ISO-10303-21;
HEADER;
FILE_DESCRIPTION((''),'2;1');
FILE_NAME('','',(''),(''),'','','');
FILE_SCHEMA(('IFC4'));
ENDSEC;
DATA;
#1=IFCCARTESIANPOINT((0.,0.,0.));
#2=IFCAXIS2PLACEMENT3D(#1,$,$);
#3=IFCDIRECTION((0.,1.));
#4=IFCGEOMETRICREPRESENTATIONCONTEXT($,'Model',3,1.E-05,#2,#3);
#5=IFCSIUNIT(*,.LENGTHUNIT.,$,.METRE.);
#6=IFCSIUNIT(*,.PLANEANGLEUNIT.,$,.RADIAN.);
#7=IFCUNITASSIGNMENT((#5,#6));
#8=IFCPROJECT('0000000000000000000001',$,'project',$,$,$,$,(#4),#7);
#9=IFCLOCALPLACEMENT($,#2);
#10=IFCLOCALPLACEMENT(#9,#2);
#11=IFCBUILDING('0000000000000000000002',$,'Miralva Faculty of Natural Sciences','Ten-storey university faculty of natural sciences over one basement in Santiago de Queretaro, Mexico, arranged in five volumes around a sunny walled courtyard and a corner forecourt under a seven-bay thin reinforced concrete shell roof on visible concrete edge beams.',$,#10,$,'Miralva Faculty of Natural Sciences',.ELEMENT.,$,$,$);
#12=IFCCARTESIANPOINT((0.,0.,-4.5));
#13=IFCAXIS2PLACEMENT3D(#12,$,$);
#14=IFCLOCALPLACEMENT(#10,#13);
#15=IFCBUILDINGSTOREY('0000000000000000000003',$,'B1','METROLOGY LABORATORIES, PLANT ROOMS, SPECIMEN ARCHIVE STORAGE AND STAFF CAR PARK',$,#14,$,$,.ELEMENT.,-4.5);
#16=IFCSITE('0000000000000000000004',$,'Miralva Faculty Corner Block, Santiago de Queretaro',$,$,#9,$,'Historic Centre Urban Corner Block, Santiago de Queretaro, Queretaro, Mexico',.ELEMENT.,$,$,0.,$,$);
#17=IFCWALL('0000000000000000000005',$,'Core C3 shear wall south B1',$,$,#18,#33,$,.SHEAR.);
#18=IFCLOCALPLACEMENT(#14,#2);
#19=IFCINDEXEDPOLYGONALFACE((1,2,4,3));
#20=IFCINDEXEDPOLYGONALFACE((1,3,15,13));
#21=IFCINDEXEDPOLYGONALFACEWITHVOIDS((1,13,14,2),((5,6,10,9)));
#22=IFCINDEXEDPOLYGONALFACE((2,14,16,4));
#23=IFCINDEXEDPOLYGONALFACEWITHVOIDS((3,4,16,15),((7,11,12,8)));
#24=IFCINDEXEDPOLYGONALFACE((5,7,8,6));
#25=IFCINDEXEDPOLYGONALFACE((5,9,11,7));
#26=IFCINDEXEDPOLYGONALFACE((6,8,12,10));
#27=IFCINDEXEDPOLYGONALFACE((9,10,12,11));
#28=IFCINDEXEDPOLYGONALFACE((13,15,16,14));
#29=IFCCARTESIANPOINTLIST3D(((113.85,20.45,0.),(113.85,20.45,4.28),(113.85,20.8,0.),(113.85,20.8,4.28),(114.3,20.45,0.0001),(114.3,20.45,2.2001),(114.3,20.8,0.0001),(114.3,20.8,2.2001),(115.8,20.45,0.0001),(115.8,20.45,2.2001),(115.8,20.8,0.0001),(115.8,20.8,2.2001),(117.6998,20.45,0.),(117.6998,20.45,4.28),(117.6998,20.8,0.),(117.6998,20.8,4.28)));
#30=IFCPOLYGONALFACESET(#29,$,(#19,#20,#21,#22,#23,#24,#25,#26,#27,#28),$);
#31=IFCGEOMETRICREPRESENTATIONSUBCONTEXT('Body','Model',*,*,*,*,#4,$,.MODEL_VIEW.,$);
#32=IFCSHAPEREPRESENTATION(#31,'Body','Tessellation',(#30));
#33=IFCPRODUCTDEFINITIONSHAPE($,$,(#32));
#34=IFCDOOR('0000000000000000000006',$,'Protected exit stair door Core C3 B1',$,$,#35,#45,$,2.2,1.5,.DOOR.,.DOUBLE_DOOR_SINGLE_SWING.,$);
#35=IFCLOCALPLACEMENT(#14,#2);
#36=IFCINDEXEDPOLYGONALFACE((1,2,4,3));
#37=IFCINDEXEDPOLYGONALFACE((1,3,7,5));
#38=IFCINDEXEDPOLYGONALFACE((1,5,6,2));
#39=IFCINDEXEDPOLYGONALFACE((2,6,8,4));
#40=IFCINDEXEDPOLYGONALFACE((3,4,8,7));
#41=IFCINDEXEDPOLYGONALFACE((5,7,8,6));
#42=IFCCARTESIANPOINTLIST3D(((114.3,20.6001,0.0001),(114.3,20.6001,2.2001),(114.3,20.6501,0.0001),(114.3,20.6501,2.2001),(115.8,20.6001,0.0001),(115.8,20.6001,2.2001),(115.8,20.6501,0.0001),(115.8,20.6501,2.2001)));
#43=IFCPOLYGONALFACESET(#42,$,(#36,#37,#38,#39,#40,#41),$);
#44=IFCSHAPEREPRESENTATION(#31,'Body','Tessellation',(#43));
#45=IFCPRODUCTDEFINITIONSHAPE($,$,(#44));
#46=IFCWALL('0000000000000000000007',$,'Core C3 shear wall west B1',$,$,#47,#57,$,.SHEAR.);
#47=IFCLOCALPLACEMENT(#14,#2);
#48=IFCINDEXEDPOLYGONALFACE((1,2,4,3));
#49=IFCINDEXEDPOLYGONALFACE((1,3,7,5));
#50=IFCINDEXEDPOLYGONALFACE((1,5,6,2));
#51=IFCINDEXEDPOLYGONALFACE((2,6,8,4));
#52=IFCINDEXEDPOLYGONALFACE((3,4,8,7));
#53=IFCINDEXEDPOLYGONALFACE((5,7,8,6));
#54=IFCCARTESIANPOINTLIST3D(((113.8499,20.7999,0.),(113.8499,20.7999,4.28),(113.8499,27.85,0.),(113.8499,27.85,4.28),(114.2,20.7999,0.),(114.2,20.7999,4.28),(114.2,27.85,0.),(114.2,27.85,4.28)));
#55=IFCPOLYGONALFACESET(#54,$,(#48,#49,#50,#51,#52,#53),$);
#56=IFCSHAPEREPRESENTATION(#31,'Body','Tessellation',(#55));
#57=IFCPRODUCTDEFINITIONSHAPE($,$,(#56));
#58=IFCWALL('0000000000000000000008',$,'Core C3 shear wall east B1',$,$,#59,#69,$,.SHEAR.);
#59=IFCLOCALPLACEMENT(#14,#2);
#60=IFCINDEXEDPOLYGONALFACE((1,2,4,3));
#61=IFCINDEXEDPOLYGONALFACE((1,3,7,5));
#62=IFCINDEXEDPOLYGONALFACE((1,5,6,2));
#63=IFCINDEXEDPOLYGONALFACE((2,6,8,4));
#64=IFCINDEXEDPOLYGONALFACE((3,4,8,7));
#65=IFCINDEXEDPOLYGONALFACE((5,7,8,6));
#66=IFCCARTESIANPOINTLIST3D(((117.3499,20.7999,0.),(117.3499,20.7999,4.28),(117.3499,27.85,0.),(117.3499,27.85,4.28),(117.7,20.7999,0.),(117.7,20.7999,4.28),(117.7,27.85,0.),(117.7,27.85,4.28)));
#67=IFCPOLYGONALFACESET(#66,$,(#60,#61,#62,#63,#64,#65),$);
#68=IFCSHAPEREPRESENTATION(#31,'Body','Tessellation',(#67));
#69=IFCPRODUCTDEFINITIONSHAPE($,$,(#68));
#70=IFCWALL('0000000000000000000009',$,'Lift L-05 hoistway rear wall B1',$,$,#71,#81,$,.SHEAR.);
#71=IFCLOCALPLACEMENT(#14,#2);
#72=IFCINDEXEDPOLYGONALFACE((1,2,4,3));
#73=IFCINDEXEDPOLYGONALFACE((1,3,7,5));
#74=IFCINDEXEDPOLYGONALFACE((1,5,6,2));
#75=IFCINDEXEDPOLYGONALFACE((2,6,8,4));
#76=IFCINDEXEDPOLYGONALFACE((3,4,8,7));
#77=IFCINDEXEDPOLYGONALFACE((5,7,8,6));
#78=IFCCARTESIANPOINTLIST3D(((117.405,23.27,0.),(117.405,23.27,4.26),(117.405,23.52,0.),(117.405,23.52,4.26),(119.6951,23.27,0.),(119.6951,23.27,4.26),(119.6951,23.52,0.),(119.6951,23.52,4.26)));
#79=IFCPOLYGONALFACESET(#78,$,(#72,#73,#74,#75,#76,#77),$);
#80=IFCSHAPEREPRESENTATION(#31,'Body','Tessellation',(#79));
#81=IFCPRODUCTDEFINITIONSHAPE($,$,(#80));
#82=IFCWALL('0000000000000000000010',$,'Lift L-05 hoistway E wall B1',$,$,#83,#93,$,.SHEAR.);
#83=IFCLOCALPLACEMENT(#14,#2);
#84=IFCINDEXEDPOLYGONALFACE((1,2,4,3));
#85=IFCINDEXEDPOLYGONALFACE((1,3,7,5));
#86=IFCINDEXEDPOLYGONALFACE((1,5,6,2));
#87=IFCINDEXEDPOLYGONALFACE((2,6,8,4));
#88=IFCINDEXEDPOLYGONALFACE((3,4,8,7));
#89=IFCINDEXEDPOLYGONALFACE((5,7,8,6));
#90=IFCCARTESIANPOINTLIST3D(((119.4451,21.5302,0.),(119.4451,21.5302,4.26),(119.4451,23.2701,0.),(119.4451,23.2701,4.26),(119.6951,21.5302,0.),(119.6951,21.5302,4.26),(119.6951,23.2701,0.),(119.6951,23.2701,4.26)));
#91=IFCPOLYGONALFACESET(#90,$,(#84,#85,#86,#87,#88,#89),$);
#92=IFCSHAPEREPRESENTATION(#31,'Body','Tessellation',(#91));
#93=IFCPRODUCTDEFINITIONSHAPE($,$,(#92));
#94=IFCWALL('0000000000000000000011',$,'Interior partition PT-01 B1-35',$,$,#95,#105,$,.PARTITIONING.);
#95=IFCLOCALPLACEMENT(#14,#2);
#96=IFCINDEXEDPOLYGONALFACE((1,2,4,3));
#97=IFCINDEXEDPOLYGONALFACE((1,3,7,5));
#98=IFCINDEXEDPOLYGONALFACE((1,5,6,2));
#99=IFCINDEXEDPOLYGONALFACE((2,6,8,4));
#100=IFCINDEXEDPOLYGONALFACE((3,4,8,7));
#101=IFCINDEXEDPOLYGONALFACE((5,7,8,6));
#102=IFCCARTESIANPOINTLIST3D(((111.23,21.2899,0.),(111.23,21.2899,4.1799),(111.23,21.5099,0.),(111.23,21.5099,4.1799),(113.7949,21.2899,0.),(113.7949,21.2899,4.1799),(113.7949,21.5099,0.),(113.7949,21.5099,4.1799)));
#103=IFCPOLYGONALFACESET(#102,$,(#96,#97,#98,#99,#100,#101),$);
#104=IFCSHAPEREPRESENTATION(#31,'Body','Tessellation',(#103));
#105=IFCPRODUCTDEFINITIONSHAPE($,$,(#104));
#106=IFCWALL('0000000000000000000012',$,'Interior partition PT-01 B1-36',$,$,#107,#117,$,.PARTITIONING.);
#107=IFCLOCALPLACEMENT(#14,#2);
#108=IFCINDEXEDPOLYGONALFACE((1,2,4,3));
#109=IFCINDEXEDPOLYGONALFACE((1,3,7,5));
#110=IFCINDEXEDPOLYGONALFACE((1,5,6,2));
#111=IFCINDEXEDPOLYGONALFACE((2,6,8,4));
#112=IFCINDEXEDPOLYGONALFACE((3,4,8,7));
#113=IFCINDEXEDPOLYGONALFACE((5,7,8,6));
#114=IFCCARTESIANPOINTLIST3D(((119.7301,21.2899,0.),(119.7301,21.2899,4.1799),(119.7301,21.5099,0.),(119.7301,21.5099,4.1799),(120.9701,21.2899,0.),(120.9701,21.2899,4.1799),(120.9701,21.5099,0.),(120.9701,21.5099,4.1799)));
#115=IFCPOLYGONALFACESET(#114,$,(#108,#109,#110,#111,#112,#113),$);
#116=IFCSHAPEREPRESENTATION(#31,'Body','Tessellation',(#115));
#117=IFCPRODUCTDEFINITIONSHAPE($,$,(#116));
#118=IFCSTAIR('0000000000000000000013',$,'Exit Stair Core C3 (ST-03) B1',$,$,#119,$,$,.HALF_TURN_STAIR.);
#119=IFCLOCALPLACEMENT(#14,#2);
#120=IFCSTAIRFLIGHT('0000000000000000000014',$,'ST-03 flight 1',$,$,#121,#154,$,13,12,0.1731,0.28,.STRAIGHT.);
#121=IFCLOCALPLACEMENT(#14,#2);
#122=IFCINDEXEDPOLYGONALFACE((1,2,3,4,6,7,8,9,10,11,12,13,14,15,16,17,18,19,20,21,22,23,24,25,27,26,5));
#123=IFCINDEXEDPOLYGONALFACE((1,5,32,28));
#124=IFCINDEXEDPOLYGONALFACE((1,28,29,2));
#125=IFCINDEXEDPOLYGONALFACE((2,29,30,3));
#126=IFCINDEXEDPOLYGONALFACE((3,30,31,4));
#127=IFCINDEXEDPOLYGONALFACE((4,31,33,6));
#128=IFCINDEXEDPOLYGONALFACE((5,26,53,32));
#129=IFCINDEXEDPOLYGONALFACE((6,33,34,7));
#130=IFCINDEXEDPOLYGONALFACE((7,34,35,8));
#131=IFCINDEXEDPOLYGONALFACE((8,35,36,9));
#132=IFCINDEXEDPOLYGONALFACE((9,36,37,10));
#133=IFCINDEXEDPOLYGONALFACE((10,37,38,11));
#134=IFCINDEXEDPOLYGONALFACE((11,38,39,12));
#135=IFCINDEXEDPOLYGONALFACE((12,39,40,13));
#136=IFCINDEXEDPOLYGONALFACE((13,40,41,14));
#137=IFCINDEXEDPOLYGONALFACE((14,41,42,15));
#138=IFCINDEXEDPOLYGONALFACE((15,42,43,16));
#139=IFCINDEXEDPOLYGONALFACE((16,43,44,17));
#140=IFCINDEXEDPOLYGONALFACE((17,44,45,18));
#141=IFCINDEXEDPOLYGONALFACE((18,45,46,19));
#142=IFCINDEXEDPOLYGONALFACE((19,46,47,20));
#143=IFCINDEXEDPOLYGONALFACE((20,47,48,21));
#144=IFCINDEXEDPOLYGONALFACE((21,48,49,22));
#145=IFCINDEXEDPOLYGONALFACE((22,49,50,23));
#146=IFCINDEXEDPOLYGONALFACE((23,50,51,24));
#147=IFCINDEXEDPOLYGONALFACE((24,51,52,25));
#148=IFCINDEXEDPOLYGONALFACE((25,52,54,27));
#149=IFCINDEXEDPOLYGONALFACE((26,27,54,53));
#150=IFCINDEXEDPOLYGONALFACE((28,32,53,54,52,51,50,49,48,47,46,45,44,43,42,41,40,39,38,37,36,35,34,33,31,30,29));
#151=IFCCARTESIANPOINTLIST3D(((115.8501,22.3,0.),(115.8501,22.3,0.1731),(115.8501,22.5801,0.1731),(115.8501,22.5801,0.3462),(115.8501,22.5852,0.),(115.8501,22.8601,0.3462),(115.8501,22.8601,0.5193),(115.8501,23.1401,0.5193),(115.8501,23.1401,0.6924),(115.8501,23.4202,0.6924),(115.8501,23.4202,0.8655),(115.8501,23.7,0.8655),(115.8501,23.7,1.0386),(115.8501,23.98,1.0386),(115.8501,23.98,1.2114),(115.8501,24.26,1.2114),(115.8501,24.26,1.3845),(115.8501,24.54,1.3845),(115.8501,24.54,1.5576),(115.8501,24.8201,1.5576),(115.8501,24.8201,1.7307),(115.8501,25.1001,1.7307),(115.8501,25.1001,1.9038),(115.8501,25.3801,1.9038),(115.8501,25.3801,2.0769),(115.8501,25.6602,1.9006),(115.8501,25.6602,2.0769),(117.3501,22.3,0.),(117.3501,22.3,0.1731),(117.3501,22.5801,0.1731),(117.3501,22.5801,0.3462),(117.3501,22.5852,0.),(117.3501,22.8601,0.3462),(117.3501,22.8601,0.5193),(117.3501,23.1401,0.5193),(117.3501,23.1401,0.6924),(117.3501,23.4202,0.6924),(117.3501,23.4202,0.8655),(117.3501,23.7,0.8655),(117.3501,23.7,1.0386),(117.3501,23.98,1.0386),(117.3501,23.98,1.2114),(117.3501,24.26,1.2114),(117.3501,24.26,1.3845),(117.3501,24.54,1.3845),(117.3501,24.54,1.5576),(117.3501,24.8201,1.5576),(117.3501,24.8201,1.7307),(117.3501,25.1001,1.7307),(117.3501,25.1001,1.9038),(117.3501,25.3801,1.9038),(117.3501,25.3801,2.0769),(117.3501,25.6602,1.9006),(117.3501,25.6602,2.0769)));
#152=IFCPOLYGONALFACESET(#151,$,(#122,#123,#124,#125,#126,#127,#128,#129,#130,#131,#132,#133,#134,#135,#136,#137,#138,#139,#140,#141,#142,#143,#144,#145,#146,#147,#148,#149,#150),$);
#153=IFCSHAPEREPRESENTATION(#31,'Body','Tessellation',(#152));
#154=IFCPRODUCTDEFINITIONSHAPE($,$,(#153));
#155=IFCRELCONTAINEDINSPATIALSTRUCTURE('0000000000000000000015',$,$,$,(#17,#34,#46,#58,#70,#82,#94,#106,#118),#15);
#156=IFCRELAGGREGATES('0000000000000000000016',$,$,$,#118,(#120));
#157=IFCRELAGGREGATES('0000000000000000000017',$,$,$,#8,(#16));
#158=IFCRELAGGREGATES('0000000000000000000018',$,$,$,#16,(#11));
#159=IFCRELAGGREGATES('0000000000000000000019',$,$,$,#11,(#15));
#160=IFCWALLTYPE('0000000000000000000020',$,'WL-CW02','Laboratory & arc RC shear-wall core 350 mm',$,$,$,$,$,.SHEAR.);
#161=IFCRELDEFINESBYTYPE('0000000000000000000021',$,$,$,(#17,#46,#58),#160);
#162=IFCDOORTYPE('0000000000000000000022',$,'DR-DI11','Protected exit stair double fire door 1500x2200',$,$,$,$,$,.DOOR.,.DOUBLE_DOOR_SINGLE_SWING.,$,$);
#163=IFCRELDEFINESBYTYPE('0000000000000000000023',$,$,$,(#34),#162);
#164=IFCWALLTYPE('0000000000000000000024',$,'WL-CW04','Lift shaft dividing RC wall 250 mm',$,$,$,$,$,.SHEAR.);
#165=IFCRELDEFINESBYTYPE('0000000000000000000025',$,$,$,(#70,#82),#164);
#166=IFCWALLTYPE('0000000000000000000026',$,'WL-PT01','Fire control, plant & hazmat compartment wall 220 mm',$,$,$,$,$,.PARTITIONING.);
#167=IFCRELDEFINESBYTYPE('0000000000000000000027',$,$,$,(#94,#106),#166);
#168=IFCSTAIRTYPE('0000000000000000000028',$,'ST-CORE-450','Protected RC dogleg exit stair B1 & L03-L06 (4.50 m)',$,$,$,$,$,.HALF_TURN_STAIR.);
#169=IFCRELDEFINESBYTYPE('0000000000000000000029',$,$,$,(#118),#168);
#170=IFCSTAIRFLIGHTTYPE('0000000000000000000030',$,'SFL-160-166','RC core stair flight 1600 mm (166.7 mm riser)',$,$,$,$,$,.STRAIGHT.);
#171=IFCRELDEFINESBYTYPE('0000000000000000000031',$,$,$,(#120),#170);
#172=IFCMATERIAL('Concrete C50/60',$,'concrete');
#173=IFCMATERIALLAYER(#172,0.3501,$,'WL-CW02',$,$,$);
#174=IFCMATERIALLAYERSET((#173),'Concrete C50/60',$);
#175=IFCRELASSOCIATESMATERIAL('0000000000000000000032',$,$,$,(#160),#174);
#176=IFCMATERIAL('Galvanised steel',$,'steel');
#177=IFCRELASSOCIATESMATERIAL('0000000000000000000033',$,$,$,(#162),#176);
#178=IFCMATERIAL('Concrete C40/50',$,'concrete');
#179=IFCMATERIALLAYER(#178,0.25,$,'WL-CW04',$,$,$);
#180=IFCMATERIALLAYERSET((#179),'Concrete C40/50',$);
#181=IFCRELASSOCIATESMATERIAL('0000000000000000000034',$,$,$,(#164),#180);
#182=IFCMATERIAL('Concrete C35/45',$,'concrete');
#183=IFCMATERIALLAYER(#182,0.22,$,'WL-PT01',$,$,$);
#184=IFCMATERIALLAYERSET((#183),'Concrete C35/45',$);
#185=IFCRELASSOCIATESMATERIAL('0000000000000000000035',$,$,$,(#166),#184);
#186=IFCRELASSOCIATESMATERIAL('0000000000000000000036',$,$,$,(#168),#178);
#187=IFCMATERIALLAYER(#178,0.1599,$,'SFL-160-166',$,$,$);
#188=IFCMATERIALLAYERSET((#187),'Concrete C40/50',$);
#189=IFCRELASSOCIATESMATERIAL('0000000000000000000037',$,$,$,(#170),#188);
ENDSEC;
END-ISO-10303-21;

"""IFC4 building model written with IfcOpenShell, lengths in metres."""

from ifc_helpers import new_model, si_unit, direction, frame, frame_2d, origin, place, context, subcontext, project, spatial, polyline, rectangle, outline, extrude, material, layer, layer_set, type_object, element, fill, aggregate, save


model = new_model("IFC4")

# Units and contexts
model_context = context("Model", 3, precision=1e-05, world=origin(), true_north=direction((0.0, 1.0)))
body_context = subcontext(model_context, "Body", "Model", "MODEL_VIEW")
ifc_project = project(units=[si_unit("LENGTHUNIT", "METRE"), si_unit("PLANEANGLEUNIT", "RADIAN")], contexts=[model_context])

# Site, building, storey
site_placement = place(None, origin())
site = spatial("IfcSite", under=ifc_project, at=site_placement, Name="Miralva Faculty Corner Block, Santiago de Queretaro", LongName="Historic Centre Urban Corner Block, Santiago de Queretaro, Queretaro, Mexico", CompositionType="ELEMENT", RefElevation=0.0)
building_placement = place(site_placement, origin())
building = spatial("IfcBuilding", under=site, at=building_placement, Name="Miralva Faculty of Natural Sciences", Description="Ten-storey university faculty of natural sciences over one basement in Santiago de Queretaro, Mexico, arranged in five volumes around a sunny walled courtyard and a corner forecourt under a seven-bay thin reinforced concrete shell roof on visible concrete edge beams.", LongName="Miralva Faculty of Natural Sciences", CompositionType="ELEMENT")
storey_placement = place(building_placement, frame((0.0, 0.0, -4.5)))
storey = spatial("IfcBuildingStorey", under=building, at=storey_placement, Name="B1", Description="METROLOGY LABORATORIES, PLANT ROOMS, SPECIMEN ARCHIVE STORAGE AND STAFF CAR PARK", CompositionType="ELEMENT", Elevation=-4.5)

# Shared definitions
ifc_material_1 = material(Name="Concrete C35/45", Category="concrete")

# Shared definitions
ifc_material_2 = material(Name="Concrete C50/60", Category="concrete")

# Shared definitions
ifc_material_3 = material(Name="Concrete C40/50", Category="concrete")

# Wall, opening, door
ifc_layer_1 = layer(ifc_material_2, 0.3501, Name="WL-CW02")
ifc_layer_set_1 = layer_set([ifc_layer_1], Name="Concrete C50/60")
wall_type_1 = type_object("IfcWallType", Name="WL-CW02", Description="Laboratory & arc RC shear-wall core 350 mm", PredefinedType="SHEAR", material=ifc_layer_set_1)
wall_1_placement = place(storey_placement, frame((113.8501, 20.625, 0.0), z_axis=(0.0, 0.0, 1.0), x_axis=(1.0, 0.0, 0.0)))
wall_1 = element("IfcWall", 1, at=wall_1_placement, inside=storey, type_object=wall_type_1, Name="Core C3 shear wall south B1", PredefinedType="SHEAR", context=body_context, shape_type="SweptSolid", body=[
    extrude(rectangle(XDim=3.8499, YDim=0.3501, at=frame_2d((1.9248, 0.0))), origin(), (0.0, 0.0, 1.0), 4.28),
])
opening_1_placement = place(wall_1_placement, frame((0.45, 0.0, 0.0)))
opening_1 = element("IfcOpeningElement", 2, at=opening_1_placement, cuts=wall_1, PredefinedType="OPENING", context=body_context, shape_type="SweptSolid", body=[
    extrude(rectangle(XDim=1.5, YDim=2.2, at=frame_2d((0.75, 1.1001))), frame((0.0, 0.1851, 0.0), z_axis=(0.0, -1.0, 0.0), x_axis=(1.0, 0.0, 0.0)), (0.0, 0.0, 1.0), 0.3701),
])
ifc_material_4 = material(Name="Galvanised steel", Category="steel")
door_type_1 = type_object("IfcDoorType", Name="DR-DI11", Description="Protected exit stair double fire door 1500x2200", OperationType="DOUBLE_DOOR_SINGLE_SWING", PredefinedType="DOOR", material=ifc_material_4)
door_1_placement = place(opening_1_placement, frame((1.5, 0.0, 0.0), z_axis=(0.0, 0.0, 1.0), x_axis=(-1.0, 0.0, 0.0)))
door_1 = element("IfcDoor", 3, at=door_1_placement, inside=storey, type_object=door_type_1, Name="Protected exit stair door Core C3 B1", OperationType="DOUBLE_DOOR_SINGLE_SWING", OverallHeight=2.2, OverallWidth=1.5, PredefinedType="DOOR", context=body_context, shape_type="SweptSolid", body=[
    extrude(rectangle(XDim=1.5, YDim=2.2, at=frame_2d((0.75, 1.1001))), frame((0.0, 0.0249, 0.0), z_axis=(0.0, -1.0, 0.0), x_axis=(1.0, 0.0, 0.0)), (0.0, 0.0, 1.0), 0.05),
])
fill(opening_1, door_1)

# Walls
for number, where, z_axis, x_axis, name in (
    (4, (114.0249, 20.8, 0.0), (0.0, 0.0, 1.0), (0.0, 1.0, 0.0), "Core C3 shear wall west B1"),
    (5, (117.5249, 20.8, 0.0), (0.0, 0.0, 1.0), (0.0, 1.0, 0.0), "Core C3 shear wall east B1"),
):
    element("IfcWall", number, at=place(storey_placement, frame(where, z_axis=z_axis, x_axis=x_axis)), inside=storey, type_object=wall_type_1, Name=name, PredefinedType="SHEAR", context=body_context, shape_type="SweptSolid", body=[
        extrude(rectangle(XDim=7.05, YDim=0.3501, at=frame_2d((3.5249, 0.0))), origin(), (0.0, 0.0, 1.0), 4.28),
    ])

# Shared definitions
ifc_layer_2 = layer(ifc_material_3, 0.25, Name="WL-CW04")
ifc_layer_set_2 = layer_set([ifc_layer_2], Name="Concrete C40/50")
wall_type_2 = type_object("IfcWallType", Name="WL-CW04", Description="Lift shaft dividing RC wall 250 mm", PredefinedType="SHEAR", material=ifc_layer_set_2)

# Walls
wall_2_placement = place(storey_placement, frame((117.405, 23.395, 0.0), z_axis=(0.0, 0.0, 1.0), x_axis=(1.0, 0.0, 0.0)))
element("IfcWall", 6, at=wall_2_placement, inside=storey, type_object=wall_type_2, Name="Lift L-05 hoistway rear wall B1", PredefinedType="SHEAR", context=body_context, shape_type="SweptSolid", body=[
    extrude(rectangle(XDim=2.29, YDim=0.25, at=frame_2d((1.145, 0.0))), origin(), (0.0, 0.0, 1.0), 4.26),
])
wall_3_placement = place(storey_placement, frame((119.5701, 21.53, 0.0), z_axis=(0.0, 0.0, 1.0), x_axis=(0.0, 1.0, 0.0)))
element("IfcWall", 7, at=wall_3_placement, inside=storey, type_object=wall_type_2, Name="Lift L-05 hoistway E wall B1", PredefinedType="SHEAR", context=body_context, shape_type="SweptSolid", body=[
    extrude(rectangle(XDim=1.74, YDim=0.25, at=frame_2d((0.8701, 0.0))), origin(), (0.0, 0.0, 1.0), 4.26),
])
ifc_layer_3 = layer(ifc_material_1, 0.22, Name="WL-PT01")
ifc_layer_set_3 = layer_set([ifc_layer_3], Name="Concrete C35/45")
wall_type_3 = type_object("IfcWallType", Name="WL-PT01", Description="Fire control, plant & hazmat compartment wall 220 mm", PredefinedType="PARTITIONING", material=ifc_layer_set_3)
wall_4_placement = place(storey_placement, frame((111.23, 21.3999, 0.0), z_axis=(0.0, 0.0, 1.0), x_axis=(1.0, 0.0, 0.0)))
element("IfcWall", 8, at=wall_4_placement, inside=storey, type_object=wall_type_3, Name="Interior partition PT-01 B1-35", PredefinedType="PARTITIONING", context=body_context, shape_type="SweptSolid", body=[
    extrude(rectangle(XDim=2.5649, YDim=0.22, at=frame_2d((1.2825, 0.0))), origin(), (0.0, 0.0, 1.0), 4.1799),
])
wall_5_placement = place(storey_placement, frame((119.73, 21.3999, 0.0), z_axis=(0.0, 0.0, 1.0), x_axis=(1.0, 0.0, 0.0)))
element("IfcWall", 9, at=wall_5_placement, inside=storey, type_object=wall_type_3, Name="Interior partition PT-01 B1-36", PredefinedType="PARTITIONING", context=body_context, shape_type="SweptSolid", body=[
    extrude(rectangle(XDim=1.24, YDim=0.22, at=frame_2d((0.6201, 0.0))), origin(), (0.0, 0.0, 1.0), 4.1799),
])

# Stair, stair flight
stair_type = type_object("IfcStairType", Name="ST-CORE-450", Description="Protected RC dogleg exit stair B1 & L03-L06 (4.50 m)", PredefinedType="HALF_TURN_STAIR", material=ifc_material_3)
stair_placement = place(storey_placement, origin())
stair = element("IfcStair", 10, at=stair_placement, inside=storey, type_object=stair_type, Name="Exit Stair Core C3 (ST-03) B1", PredefinedType="HALF_TURN_STAIR")
ifc_layer_4 = layer(ifc_material_3, 0.1599, Name="SFL-160-166")
ifc_layer_set_4 = layer_set([ifc_layer_4], Name="Concrete C40/50")
stair_flight_type = type_object("IfcStairFlightType", Name="SFL-160-166", Description="RC core stair flight 1600 mm (166.7 mm riser)", PredefinedType="STRAIGHT", material=ifc_layer_set_4)
stair_flight_placement = place(storey_placement, frame((116.6001, 22.3, 0.0), z_axis=(0.0, 0.0, 1.0), x_axis=(0.0, 1.0, 0.0)))
stair_flight = element("IfcStairFlight", 11, at=stair_flight_placement, type_object=stair_flight_type, Name="ST-03 flight 1", NumberOfRisers=13, NumberOfTreads=12, PredefinedType="STRAIGHT", RiserHeight=0.1731, TreadLength=0.28, context=body_context, shape_type="SweptSolid", body=[
    extrude(outline(polyline([(0.0, 0.0), (0.0, 0.1731), (0.28, 0.1731), (0.28, 0.3462), (0.5601, 0.3462), (0.5601, 0.5193), (0.8401, 0.5193), (0.8401, 0.6924), (1.1201, 0.6924), (1.1201, 0.8655), (1.3999, 0.8655), (1.3999, 1.0386), (1.6799, 1.0386), (1.6799, 1.2114), (1.96, 1.2114), (1.96, 1.3845), (2.24, 1.3845), (2.24, 1.5576), (2.52, 1.5576), (2.52, 1.7307), (2.8, 1.7307), (2.8, 1.9038), (3.0801, 1.9038), (3.0801, 2.0769), (3.3601, 2.0769), (3.3601, 2.25), (3.3601, 1.9006), (0.2852, 0.0), (0.0, 0.0)])), frame((0.0, 0.75, 0.0), z_axis=(0.0, -1.0, 0.0), x_axis=(1.0, 0.0, 0.0)), (0.0, 0.0, 1.0), 1.5),
])
aggregate(stair, [stair_flight])

save(model, "model.ifc")
